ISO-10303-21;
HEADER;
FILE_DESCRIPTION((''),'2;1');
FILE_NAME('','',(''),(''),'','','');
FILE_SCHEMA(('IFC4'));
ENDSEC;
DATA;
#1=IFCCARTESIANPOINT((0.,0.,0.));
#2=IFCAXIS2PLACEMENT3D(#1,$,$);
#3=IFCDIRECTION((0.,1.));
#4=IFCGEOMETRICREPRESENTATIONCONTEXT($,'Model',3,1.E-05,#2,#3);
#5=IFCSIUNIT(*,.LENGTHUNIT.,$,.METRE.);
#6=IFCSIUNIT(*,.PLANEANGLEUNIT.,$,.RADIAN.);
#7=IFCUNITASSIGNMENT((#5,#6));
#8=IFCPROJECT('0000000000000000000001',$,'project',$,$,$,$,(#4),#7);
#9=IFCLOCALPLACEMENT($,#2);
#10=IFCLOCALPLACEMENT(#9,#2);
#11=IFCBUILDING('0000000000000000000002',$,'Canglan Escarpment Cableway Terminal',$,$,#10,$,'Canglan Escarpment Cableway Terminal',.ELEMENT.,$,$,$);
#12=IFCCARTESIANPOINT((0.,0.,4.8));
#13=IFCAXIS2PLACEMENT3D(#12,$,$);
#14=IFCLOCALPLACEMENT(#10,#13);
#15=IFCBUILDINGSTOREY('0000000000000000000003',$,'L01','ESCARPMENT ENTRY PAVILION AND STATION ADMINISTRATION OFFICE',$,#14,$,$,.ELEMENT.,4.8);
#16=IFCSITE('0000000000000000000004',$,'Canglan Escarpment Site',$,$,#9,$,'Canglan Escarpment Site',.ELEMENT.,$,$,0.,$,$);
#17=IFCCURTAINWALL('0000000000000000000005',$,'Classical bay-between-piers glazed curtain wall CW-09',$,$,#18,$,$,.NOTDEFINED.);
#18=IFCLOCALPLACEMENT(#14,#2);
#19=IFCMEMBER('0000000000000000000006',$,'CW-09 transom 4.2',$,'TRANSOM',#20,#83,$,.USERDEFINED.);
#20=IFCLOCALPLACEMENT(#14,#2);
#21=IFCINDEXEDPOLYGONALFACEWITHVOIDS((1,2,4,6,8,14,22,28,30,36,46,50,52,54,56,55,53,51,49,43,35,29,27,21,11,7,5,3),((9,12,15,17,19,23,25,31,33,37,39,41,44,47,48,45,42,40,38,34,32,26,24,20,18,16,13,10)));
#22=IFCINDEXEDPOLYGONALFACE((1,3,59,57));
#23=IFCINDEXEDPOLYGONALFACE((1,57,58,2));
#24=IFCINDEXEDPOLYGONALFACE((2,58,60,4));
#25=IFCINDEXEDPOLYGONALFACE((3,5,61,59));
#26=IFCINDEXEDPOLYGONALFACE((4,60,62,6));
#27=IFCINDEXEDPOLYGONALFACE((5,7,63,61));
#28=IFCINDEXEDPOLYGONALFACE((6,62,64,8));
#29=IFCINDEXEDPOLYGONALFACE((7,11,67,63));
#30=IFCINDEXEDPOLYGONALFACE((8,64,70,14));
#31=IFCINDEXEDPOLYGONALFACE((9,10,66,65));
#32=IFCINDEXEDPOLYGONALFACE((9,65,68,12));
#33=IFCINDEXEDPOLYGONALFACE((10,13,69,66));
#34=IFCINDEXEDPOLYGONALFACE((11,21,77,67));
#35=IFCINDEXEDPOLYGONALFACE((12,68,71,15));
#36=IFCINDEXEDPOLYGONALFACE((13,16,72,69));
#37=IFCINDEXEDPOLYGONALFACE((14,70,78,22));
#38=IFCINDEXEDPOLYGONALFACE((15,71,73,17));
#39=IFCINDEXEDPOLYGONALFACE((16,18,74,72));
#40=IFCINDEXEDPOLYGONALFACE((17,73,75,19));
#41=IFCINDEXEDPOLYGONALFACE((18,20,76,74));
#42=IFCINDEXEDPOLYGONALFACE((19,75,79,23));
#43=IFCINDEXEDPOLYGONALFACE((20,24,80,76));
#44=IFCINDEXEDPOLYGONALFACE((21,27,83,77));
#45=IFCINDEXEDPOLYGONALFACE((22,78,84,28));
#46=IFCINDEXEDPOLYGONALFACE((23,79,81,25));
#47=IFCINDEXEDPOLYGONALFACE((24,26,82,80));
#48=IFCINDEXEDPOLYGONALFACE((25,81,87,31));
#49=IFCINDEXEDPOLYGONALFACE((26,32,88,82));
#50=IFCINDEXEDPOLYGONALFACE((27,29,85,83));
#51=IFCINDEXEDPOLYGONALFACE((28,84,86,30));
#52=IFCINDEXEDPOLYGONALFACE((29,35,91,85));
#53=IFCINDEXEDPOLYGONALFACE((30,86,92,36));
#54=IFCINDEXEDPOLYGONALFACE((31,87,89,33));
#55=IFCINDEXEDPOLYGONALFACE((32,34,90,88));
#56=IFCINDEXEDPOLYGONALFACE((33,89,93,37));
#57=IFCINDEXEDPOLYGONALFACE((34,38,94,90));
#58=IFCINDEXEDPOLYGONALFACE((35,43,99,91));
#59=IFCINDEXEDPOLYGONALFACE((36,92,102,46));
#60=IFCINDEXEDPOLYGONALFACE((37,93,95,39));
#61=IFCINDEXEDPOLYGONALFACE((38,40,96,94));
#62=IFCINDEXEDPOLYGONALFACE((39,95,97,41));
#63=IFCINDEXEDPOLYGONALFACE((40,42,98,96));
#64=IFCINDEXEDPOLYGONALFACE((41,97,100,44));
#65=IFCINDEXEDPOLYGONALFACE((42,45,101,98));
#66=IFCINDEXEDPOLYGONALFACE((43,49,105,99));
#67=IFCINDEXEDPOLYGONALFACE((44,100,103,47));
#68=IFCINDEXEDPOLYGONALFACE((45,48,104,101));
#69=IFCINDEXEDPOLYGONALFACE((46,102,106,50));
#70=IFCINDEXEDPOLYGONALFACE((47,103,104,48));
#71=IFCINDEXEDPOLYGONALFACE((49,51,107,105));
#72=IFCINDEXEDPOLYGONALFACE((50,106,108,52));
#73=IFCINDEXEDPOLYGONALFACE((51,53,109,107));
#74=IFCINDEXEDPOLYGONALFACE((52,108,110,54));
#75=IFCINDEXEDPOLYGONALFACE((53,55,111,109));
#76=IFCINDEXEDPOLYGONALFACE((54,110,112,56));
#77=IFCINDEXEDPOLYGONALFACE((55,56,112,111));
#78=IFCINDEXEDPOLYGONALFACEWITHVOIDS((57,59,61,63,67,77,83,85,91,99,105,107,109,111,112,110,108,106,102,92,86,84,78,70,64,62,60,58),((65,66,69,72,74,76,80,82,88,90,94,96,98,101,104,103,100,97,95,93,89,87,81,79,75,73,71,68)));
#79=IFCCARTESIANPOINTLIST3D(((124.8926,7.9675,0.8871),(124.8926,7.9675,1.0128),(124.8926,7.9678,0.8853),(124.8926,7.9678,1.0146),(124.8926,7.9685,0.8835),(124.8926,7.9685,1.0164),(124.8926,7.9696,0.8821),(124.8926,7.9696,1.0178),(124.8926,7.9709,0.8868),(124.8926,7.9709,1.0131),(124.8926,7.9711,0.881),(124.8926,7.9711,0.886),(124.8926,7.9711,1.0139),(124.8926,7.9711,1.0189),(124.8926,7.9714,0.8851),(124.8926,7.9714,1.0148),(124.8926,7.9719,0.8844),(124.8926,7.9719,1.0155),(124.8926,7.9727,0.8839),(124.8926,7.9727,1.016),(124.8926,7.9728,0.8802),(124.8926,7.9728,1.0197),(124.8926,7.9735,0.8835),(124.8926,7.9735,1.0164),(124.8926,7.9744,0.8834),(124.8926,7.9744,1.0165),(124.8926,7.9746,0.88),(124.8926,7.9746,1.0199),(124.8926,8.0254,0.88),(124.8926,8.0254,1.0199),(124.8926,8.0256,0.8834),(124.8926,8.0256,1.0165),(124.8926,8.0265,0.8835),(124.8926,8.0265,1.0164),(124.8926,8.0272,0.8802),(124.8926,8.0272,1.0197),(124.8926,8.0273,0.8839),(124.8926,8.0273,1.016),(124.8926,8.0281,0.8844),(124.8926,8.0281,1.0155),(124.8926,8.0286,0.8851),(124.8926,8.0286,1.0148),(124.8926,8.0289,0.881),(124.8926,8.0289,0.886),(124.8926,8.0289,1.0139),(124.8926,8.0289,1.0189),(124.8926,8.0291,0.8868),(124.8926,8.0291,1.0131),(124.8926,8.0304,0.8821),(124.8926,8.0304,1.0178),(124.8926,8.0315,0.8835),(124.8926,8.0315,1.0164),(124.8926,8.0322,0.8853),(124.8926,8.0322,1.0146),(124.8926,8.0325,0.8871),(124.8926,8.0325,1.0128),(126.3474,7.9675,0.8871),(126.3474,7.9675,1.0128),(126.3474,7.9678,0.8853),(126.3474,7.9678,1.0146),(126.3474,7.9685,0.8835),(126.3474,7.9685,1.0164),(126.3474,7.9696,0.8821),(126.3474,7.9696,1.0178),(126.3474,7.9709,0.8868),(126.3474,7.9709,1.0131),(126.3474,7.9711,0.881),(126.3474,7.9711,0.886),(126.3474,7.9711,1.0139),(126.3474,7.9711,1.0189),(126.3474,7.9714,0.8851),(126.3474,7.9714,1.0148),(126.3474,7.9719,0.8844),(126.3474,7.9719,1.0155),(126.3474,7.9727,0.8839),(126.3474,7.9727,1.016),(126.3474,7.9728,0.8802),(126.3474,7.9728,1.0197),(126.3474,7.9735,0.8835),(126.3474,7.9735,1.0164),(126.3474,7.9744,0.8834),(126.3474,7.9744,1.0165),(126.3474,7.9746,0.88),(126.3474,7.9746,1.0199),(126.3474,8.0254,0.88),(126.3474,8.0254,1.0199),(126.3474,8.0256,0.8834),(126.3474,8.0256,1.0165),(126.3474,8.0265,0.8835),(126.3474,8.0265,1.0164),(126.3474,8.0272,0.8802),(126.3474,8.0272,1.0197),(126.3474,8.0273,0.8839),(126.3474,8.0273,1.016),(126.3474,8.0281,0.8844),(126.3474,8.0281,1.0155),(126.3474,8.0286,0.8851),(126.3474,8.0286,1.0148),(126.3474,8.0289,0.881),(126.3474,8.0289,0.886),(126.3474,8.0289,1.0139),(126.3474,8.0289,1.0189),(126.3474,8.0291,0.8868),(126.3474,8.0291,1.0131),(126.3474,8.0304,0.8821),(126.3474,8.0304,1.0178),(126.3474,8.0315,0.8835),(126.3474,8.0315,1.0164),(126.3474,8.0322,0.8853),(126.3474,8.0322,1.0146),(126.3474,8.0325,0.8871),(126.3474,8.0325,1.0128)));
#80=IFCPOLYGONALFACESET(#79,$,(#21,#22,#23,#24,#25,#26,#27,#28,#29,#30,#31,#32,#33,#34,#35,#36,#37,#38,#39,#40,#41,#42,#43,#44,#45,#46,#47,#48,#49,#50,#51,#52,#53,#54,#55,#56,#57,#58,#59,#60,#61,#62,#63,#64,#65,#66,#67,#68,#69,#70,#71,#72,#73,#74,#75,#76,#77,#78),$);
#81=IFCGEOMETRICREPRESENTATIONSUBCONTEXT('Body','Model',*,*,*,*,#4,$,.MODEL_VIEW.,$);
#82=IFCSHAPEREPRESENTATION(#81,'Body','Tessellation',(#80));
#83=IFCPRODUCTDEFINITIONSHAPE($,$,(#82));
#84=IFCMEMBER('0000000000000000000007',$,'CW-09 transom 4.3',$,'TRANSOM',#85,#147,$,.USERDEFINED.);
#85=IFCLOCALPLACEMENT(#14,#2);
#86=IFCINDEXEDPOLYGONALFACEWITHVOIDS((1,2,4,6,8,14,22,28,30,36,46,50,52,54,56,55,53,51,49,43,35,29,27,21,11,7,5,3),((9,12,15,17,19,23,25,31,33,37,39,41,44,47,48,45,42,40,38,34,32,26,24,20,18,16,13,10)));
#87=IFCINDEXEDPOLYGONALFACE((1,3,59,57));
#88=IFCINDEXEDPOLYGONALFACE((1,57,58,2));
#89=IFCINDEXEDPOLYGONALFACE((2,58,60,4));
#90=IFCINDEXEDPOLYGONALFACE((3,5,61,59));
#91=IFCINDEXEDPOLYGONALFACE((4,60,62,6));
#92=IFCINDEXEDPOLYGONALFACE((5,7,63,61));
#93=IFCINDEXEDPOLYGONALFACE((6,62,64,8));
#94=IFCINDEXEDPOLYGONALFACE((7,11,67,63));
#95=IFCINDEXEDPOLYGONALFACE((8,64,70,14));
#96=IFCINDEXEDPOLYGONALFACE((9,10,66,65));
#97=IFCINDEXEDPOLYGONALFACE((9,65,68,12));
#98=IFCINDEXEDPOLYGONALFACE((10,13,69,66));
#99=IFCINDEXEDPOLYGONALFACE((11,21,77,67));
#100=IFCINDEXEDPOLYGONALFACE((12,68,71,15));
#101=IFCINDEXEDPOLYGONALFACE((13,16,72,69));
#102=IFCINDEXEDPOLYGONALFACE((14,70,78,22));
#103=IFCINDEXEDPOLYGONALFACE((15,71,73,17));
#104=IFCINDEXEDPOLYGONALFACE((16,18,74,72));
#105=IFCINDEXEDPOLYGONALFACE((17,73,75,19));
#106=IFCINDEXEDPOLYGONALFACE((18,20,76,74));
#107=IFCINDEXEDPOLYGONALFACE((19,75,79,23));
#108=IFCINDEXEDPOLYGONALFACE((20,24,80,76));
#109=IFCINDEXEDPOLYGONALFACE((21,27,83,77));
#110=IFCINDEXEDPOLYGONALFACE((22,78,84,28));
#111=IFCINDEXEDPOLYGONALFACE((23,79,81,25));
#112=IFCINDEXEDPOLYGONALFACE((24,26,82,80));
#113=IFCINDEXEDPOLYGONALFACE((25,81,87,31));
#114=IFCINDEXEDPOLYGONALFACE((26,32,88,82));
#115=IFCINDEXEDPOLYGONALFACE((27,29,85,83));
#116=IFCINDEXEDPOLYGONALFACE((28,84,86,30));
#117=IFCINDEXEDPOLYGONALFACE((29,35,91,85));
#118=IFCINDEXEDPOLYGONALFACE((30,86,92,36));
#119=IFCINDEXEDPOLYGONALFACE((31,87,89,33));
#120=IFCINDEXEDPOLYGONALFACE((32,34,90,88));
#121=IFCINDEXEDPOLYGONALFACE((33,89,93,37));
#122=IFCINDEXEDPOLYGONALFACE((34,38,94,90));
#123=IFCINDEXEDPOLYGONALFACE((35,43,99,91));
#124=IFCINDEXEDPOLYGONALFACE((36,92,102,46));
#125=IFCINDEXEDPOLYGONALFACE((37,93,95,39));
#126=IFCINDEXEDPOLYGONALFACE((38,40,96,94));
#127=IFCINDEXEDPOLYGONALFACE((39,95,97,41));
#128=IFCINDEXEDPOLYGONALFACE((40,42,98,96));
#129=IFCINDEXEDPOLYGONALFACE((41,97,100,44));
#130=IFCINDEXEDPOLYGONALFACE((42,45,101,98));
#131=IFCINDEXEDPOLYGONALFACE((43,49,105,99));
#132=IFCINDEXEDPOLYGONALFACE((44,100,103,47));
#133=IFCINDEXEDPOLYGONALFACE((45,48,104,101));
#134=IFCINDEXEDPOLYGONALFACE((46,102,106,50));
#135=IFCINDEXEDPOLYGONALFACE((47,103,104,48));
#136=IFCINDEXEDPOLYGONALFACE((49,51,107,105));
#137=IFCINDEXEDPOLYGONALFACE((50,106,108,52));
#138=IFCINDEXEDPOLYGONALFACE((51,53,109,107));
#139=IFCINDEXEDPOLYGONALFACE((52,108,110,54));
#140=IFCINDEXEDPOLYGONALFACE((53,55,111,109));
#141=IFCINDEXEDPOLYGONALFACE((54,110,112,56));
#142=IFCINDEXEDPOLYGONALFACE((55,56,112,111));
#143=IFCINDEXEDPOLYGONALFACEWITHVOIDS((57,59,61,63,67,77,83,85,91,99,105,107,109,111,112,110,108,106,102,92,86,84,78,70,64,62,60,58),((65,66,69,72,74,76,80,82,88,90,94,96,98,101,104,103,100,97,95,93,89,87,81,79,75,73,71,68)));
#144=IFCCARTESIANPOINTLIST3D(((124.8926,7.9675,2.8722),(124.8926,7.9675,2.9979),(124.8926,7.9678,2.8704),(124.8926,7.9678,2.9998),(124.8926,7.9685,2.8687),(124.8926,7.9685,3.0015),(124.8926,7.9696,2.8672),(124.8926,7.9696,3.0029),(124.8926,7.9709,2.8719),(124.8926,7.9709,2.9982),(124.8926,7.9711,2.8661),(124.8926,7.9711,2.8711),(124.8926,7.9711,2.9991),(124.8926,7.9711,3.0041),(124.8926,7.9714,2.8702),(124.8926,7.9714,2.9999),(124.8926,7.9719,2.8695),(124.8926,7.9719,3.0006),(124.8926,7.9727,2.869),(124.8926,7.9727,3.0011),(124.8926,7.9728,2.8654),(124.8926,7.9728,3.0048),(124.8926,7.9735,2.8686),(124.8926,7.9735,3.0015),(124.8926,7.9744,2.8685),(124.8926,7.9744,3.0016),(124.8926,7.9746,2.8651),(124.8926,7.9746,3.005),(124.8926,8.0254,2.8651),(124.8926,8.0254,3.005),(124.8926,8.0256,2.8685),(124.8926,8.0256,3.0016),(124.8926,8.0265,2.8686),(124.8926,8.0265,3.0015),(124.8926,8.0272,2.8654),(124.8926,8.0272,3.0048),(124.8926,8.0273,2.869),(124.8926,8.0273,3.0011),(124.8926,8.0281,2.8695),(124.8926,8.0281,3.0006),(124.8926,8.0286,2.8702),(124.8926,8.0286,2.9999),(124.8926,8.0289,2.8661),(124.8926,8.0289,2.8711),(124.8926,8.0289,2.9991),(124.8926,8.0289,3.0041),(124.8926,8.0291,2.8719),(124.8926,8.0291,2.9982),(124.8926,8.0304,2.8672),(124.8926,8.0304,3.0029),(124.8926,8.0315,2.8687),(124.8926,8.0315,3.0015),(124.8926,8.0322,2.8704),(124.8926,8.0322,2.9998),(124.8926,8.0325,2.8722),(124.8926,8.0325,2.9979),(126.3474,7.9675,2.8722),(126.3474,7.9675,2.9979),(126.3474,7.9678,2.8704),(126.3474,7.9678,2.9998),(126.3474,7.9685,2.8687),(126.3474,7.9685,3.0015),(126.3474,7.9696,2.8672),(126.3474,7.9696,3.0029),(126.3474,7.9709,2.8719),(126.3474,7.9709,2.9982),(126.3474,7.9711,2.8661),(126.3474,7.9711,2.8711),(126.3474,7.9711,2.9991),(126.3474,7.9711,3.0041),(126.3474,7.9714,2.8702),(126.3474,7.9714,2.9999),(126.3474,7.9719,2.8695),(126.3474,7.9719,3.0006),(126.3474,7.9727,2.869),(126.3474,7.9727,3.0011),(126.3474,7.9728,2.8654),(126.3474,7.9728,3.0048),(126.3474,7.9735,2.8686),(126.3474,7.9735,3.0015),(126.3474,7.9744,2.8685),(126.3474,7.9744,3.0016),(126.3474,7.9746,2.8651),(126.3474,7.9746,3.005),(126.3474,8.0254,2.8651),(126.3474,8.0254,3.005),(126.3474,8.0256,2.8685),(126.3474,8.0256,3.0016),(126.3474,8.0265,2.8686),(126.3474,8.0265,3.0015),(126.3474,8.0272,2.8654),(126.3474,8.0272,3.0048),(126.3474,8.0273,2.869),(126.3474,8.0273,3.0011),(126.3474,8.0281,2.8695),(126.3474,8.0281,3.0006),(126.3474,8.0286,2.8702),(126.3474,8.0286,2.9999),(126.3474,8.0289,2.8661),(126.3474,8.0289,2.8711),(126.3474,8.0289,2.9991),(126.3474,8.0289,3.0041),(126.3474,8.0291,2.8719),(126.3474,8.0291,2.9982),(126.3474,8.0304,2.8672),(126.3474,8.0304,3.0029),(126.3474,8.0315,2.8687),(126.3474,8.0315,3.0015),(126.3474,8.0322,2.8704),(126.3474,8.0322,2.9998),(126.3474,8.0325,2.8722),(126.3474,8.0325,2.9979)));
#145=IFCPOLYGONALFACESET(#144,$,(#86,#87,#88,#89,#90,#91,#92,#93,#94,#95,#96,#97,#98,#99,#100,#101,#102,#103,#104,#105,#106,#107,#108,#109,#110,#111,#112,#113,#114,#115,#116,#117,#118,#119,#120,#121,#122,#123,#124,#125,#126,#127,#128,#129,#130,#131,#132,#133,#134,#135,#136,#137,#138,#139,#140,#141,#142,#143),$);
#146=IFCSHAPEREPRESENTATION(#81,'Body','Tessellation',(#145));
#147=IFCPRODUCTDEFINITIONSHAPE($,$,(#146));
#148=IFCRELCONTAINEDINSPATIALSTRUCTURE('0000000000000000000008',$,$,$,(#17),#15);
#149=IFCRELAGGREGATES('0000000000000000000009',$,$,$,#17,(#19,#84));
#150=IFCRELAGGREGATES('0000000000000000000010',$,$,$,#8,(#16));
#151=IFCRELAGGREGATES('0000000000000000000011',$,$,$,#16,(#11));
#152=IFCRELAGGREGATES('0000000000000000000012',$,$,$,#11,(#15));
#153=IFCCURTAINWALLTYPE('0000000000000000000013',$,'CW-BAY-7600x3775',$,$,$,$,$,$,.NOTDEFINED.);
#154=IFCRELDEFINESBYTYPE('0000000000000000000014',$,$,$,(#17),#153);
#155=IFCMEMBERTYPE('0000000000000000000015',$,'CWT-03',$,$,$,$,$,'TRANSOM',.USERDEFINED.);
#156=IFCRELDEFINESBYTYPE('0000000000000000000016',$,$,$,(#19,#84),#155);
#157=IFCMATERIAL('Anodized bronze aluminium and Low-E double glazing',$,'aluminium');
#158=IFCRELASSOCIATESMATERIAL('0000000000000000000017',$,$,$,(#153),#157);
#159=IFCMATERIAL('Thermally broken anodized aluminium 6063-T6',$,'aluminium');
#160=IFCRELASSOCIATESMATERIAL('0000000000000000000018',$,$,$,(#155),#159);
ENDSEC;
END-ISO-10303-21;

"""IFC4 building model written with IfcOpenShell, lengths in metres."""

from ifc_helpers import new_model, si_unit, direction, frame, origin, origin_2d, place, context, subcontext, project, spatial, hollow_rectangle, extrude, material, material_profile, profile_set, type_object, element, aggregate, save


model = new_model("IFC4")

# Units and contexts
model_context = context("Model", 3, precision=1e-05, world=origin(), true_north=direction((0.0, 1.0)))
body_context = subcontext(model_context, "Body", "Model", "MODEL_VIEW")
ifc_project = project(units=[si_unit("LENGTHUNIT", "METRE"), si_unit("PLANEANGLEUNIT", "RADIAN")], contexts=[model_context])

# Site, building, storey
site_placement = place(None, origin())
site = spatial("IfcSite", under=ifc_project, at=site_placement, Name="Canglan Escarpment Site", LongName="Canglan Escarpment Site", CompositionType="ELEMENT", RefElevation=0.0)
building_placement = place(site_placement, origin())
building = spatial("IfcBuilding", under=site, at=building_placement, Name="Canglan Escarpment Cableway Terminal", LongName="Canglan Escarpment Cableway Terminal", CompositionType="ELEMENT")
storey_placement = place(building_placement, frame((0.0, 0.0, 4.8)))
storey = spatial("IfcBuildingStorey", under=building, at=storey_placement, Name="L01", Description="ESCARPMENT ENTRY PAVILION AND STATION ADMINISTRATION OFFICE", CompositionType="ELEMENT", Elevation=4.8)

# Curtain wall, members
ifc_material_1 = material(Name="Anodized bronze aluminium and Low-E double glazing", Category="aluminium")
curtain_wall_type = type_object("IfcCurtainWallType", Name="CW-BAY-7600x3775", PredefinedType="NOTDEFINED", material=ifc_material_1)
curtain_wall_placement = place(storey_placement, origin())
curtain_wall = element("IfcCurtainWall", 1, at=curtain_wall_placement, inside=storey, type_object=curtain_wall_type, Name="Classical bay-between-piers glazed curtain wall CW-09", PredefinedType="NOTDEFINED")
ifc_material_2 = material(Name="Thermally broken anodized aluminium 6063-T6", Category="aluminium")
ifc_material_profile_1 = material_profile(ifc_material_2, hollow_rectangle(XDim=0.0649, YDim=0.1399, WallThickness=0.0034, InnerFilletRadius=0.0034, OuterFilletRadius=0.0071, at=origin_2d()), Name="ALU-TRAN 65x140x3.5")
ifc_profile_set_1 = profile_set([ifc_material_profile_1], Name="Thermally broken anodized aluminium 6063-T6")
member_type_1 = type_object("IfcMemberType", Name="CWT-03", ElementType="TRANSOM", PredefinedType="USERDEFINED", material=ifc_profile_set_1)
member_1_placement = place(storey_placement, frame((124.8926, 8.0, 0.95), z_axis=(1.0, 0.0, 0.0), x_axis=(0.0, 1.0, 0.0)))
member_1 = element("IfcMember", 2, at=member_1_placement, type_object=member_type_1, Name="CW-09 transom 4.2", ObjectType="TRANSOM", PredefinedType="USERDEFINED", context=body_context, shape_type="SweptSolid", body=[
    extrude(hollow_rectangle(XDim=0.0649, YDim=0.1399, WallThickness=0.0034, InnerFilletRadius=0.0034, OuterFilletRadius=0.0071, at=origin_2d()), origin(), (0.0, 0.0, 1.0), 1.4548),
])
member_2_placement = place(storey_placement, frame((124.8926, 8.0, 2.9351), z_axis=(1.0, 0.0, 0.0), x_axis=(0.0, 1.0, 0.0)))
member_2 = element("IfcMember", 3, at=member_2_placement, type_object=member_type_1, Name="CW-09 transom 4.3", ObjectType="TRANSOM", PredefinedType="USERDEFINED", context=body_context, shape_type="SweptSolid", body=[
    extrude(hollow_rectangle(XDim=0.0649, YDim=0.1399, WallThickness=0.0034, InnerFilletRadius=0.0034, OuterFilletRadius=0.0071, at=origin_2d()), origin(), (0.0, 0.0, 1.0), 1.4548),
])
aggregate(curtain_wall, [member_1, member_2])

save(model, "model.ifc")
